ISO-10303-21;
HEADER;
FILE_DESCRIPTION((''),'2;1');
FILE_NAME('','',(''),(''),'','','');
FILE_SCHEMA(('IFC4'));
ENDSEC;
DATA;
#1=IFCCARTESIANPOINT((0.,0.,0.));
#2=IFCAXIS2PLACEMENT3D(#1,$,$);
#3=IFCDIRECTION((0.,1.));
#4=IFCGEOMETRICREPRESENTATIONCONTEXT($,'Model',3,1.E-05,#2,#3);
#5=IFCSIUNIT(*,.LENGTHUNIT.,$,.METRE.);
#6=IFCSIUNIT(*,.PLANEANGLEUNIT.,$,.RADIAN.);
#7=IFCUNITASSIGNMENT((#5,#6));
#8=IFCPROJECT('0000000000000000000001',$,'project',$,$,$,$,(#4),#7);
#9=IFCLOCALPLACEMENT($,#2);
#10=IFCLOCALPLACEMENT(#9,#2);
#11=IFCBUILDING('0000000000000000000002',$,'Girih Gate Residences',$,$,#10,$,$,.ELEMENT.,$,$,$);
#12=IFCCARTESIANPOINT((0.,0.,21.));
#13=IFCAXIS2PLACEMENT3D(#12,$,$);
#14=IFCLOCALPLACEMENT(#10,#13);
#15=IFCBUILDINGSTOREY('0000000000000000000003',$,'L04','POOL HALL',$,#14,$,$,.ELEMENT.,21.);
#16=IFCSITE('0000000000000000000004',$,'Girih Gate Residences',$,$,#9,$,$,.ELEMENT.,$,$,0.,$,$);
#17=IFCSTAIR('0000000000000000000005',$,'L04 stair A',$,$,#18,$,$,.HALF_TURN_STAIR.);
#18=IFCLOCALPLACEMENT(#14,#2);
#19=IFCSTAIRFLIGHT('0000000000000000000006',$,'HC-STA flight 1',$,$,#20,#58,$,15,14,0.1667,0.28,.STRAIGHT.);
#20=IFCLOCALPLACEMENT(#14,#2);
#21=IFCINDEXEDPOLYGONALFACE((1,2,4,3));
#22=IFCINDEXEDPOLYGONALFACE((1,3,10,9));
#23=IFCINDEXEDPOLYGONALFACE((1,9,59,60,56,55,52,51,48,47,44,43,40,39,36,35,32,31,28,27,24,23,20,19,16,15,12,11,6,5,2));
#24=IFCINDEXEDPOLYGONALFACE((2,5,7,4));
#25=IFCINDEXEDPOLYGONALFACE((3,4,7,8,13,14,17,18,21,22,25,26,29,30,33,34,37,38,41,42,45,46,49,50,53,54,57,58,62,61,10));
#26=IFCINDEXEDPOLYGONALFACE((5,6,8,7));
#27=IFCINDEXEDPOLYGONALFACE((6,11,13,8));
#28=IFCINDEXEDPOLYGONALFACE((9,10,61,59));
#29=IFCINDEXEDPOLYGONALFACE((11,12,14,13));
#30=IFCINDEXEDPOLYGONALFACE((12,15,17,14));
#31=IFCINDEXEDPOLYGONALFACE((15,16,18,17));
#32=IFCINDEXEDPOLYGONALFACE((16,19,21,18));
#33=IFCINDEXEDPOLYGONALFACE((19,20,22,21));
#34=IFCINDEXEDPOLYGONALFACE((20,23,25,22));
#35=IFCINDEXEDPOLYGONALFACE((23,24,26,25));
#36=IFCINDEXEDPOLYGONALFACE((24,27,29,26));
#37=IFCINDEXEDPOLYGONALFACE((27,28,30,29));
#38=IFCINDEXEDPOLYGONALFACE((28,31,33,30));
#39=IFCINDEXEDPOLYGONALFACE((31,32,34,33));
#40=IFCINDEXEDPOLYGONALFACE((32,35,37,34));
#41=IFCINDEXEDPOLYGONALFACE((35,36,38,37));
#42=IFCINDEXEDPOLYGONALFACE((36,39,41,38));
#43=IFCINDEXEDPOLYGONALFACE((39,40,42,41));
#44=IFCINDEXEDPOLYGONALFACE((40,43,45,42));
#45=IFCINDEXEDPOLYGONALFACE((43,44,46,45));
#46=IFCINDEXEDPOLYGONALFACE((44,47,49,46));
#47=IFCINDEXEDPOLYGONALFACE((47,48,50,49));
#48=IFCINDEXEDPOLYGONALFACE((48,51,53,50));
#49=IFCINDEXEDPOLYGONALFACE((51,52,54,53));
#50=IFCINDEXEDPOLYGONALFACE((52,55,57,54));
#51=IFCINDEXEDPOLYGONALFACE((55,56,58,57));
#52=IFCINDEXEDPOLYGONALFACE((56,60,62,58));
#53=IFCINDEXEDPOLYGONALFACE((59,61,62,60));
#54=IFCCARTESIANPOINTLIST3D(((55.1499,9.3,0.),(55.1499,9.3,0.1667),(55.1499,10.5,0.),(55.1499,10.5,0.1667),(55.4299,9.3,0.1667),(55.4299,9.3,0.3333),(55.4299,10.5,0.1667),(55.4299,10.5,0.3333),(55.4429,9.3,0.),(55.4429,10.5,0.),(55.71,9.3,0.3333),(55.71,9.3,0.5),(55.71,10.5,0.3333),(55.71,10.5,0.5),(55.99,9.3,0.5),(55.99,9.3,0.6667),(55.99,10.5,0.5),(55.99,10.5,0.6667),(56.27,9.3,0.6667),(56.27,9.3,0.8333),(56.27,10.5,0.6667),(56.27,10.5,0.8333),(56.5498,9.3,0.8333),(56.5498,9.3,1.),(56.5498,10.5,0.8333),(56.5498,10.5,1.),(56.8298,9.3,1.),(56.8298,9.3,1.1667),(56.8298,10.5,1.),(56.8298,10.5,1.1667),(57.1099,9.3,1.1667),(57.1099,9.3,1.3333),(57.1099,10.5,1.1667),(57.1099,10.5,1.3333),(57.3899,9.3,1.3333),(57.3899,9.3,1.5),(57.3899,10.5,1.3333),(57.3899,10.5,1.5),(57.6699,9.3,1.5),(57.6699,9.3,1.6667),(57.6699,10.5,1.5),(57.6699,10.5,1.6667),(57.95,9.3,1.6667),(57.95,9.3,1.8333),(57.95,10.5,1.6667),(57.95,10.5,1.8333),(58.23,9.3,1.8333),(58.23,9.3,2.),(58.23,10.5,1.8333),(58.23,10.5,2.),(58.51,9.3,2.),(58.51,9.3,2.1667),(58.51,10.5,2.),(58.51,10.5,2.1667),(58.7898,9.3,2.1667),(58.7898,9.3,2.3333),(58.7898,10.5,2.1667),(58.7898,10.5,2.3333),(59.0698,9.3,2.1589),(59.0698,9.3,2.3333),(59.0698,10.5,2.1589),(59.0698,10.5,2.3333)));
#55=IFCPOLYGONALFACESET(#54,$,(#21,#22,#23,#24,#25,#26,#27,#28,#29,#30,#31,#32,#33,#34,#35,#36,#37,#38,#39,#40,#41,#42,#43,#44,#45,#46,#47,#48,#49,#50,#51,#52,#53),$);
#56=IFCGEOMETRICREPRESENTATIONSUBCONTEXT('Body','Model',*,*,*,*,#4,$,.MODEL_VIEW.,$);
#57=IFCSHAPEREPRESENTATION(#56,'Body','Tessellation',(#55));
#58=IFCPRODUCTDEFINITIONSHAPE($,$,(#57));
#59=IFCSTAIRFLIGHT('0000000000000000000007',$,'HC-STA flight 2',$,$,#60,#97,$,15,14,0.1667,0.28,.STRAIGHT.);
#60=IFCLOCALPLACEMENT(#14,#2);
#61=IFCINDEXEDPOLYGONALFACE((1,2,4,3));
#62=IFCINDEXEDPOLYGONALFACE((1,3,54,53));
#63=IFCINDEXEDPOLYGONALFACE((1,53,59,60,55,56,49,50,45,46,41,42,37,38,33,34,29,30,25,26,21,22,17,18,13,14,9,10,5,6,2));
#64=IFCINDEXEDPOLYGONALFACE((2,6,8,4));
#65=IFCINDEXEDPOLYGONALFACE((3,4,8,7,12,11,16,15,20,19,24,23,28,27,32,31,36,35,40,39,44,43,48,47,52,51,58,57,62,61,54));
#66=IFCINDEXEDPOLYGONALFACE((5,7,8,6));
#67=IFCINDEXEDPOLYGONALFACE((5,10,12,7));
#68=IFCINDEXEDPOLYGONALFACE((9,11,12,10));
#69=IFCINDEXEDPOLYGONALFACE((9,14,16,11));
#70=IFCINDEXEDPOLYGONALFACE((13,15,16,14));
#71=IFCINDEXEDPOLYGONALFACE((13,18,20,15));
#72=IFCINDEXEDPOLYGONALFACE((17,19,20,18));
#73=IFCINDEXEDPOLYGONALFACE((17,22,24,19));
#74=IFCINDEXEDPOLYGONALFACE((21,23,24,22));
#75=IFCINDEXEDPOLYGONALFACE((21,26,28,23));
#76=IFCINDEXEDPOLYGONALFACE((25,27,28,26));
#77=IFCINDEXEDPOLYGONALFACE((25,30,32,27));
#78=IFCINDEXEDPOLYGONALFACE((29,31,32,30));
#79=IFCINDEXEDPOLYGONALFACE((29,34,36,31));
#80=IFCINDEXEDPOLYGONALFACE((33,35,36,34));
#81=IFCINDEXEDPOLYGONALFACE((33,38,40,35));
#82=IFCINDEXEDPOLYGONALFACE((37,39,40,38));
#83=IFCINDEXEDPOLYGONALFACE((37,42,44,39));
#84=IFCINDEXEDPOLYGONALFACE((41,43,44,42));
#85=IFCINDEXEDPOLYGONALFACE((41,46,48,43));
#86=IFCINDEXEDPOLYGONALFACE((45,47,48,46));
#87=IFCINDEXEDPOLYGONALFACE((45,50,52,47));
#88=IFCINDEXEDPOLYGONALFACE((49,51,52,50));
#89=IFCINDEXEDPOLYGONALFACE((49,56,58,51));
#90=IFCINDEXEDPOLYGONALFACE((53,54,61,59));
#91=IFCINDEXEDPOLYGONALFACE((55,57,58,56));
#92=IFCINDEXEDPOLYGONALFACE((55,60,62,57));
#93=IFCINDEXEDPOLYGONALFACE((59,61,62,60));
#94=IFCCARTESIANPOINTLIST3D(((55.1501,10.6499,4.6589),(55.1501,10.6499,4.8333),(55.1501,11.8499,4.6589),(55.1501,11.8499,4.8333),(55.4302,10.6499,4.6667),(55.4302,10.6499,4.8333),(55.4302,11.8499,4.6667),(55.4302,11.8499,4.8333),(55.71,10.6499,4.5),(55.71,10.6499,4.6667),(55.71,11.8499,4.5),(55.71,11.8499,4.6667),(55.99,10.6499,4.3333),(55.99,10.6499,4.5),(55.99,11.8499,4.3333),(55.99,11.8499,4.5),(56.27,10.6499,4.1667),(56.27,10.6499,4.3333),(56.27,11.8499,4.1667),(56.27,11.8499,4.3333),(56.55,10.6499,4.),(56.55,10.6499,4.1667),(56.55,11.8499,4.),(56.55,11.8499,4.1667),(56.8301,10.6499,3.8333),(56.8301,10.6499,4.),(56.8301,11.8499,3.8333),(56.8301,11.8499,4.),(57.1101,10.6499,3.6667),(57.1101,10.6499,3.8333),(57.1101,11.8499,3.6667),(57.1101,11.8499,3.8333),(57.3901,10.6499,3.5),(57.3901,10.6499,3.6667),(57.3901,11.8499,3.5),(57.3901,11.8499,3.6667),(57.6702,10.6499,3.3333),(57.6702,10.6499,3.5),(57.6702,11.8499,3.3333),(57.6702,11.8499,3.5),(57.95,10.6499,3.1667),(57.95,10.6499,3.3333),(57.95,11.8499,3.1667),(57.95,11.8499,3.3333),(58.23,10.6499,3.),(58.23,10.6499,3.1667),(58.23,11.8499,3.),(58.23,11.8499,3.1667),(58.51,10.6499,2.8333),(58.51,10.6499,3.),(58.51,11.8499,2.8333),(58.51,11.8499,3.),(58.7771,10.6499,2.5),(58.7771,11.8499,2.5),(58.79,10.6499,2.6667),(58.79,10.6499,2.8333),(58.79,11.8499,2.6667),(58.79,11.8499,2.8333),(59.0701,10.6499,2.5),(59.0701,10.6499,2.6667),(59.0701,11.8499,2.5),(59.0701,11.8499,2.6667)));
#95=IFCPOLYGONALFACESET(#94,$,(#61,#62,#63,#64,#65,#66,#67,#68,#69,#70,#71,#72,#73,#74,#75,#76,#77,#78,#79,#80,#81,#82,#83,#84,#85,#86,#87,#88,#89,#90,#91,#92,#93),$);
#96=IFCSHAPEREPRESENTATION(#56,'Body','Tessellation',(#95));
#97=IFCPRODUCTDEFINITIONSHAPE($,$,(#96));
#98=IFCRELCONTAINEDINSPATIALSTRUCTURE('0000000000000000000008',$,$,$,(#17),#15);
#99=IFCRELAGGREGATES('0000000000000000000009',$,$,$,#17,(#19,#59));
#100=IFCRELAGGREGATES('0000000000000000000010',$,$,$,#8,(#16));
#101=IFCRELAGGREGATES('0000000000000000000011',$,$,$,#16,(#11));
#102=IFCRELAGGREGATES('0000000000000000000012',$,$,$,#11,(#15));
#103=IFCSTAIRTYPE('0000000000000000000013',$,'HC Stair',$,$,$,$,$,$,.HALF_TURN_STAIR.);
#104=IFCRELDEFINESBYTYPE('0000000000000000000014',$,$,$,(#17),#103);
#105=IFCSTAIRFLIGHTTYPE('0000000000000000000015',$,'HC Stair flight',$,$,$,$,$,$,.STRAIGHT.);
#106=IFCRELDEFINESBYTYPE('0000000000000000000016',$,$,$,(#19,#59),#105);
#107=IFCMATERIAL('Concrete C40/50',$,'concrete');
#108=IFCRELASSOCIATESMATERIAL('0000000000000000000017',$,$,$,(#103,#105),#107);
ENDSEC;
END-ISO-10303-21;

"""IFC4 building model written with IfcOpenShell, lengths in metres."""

from ifc_helpers import new_model, si_unit, direction, frame, origin, place, context, subcontext, project, spatial, polyline, outline, extrude, material, type_object, element, aggregate, save


model = new_model("IFC4")

# Units and contexts
model_context = context("Model", 3, precision=1e-05, world=origin(), true_north=direction((0.0, 1.0)))
body_context = subcontext(model_context, "Body", "Model", "MODEL_VIEW")
ifc_project = project(units=[si_unit("LENGTHUNIT", "METRE"), si_unit("PLANEANGLEUNIT", "RADIAN")], contexts=[model_context])

# Site, building, storey
site_placement = place(None, origin())
site = spatial("IfcSite", under=ifc_project, at=site_placement, Name="Girih Gate Residences", CompositionType="ELEMENT", RefElevation=0.0)
building_placement = place(site_placement, origin())
building = spatial("IfcBuilding", under=site, at=building_placement, Name="Girih Gate Residences", CompositionType="ELEMENT")
storey_placement = place(building_placement, frame((0.0, 0.0, 21.0)))
storey = spatial("IfcBuildingStorey", under=building, at=storey_placement, Name="L04", Description="POOL HALL", CompositionType="ELEMENT", Elevation=21.0)

# Shared definitions
ifc_material_1 = material(Name="Concrete C40/50", Category="concrete")

# Stair, stair flights
stair_type = type_object("IfcStairType", Name="HC Stair", PredefinedType="HALF_TURN_STAIR", material=ifc_material_1)
stair_placement = place(storey_placement, origin())
stair = element("IfcStair", 1, at=stair_placement, inside=storey, type_object=stair_type, Name="L04 stair A", PredefinedType="HALF_TURN_STAIR")
stair_flight_type = type_object("IfcStairFlightType", Name="HC Stair flight", PredefinedType="STRAIGHT", material=ifc_material_1)
stair_flight_1_placement = place(storey_placement, frame((55.1499, 9.8999, 0.0), z_axis=(0.0, 0.0, 1.0), x_axis=(1.0, 0.0, 0.0)))
stair_flight_1 = element("IfcStairFlight", 2, at=stair_flight_1_placement, type_object=stair_flight_type, Name="HC-STA flight 1", NumberOfRisers=15, NumberOfTreads=14, PredefinedType="STRAIGHT", RiserHeight=0.1667, TreadLength=0.28, context=body_context, shape_type="SweptSolid", body=[
    extrude(outline(polyline([(0.0, 0.0), (0.0, 0.1667), (0.28, 0.1667), (0.28, 0.3333), (0.5601, 0.3333), (0.5601, 0.5), (0.8401, 0.5), (0.8401, 0.6667), (1.1201, 0.6667), (1.1201, 0.8333), (1.3999, 0.8333), (1.3999, 1.0), (1.6799, 1.0), (1.6799, 1.1667), (1.96, 1.1667), (1.96, 1.3333), (2.24, 1.3333), (2.24, 1.5), (2.52, 1.5), (2.52, 1.6667), (2.8, 1.6667), (2.8, 1.8333), (3.0801, 1.8333), (3.0801, 2.0), (3.3601, 2.0), (3.3601, 2.1667), (3.6399, 2.1667), (3.6399, 2.3333), (3.9199, 2.3333), (3.9199, 2.5), (3.9199, 2.1589), (0.293, 0.0), (0.0, 0.0)])), frame((0.0, 0.6001, 0.0), z_axis=(0.0, -1.0, 0.0), x_axis=(1.0, 0.0, 0.0)), (0.0, 0.0, 1.0), 1.2),
])
stair_flight_2_placement = place(storey_placement, frame((59.0701, 11.25, 2.5), z_axis=(0.0, 0.0, 1.0), x_axis=(-1.0, 0.0, 0.0)))
stair_flight_2 = element("IfcStairFlight", 3, at=stair_flight_2_placement, type_object=stair_flight_type, Name="HC-STA flight 2", NumberOfRisers=15, NumberOfTreads=14, PredefinedType="STRAIGHT", RiserHeight=0.1667, TreadLength=0.28, context=body_context, shape_type="SweptSolid", body=[
    extrude(outline(polyline([(0.0, 0.0), (0.0, 0.1667), (0.28, 0.1667), (0.28, 0.3333), (0.5601, 0.3333), (0.5601, 0.5), (0.8401, 0.5), (0.8401, 0.6667), (1.1201, 0.6667), (1.1201, 0.8333), (1.3999, 0.8333), (1.3999, 1.0), (1.6799, 1.0), (1.6799, 1.1667), (1.96, 1.1667), (1.96, 1.3333), (2.24, 1.3333), (2.24, 1.5), (2.52, 1.5), (2.52, 1.6667), (2.8, 1.6667), (2.8, 1.8333), (3.0801, 1.8333), (3.0801, 2.0), (3.3601, 2.0), (3.3601, 2.1667), (3.6399, 2.1667), (3.6399, 2.3333), (3.9199, 2.3333), (3.9199, 2.5), (3.9199, 2.1589), (0.293, 0.0), (0.0, 0.0)])), frame((0.0, 0.6001, 0.0), z_axis=(0.0, -1.0, 0.0), x_axis=(1.0, 0.0, 0.0)), (0.0, 0.0, 1.0), 1.2),
])
aggregate(stair, [stair_flight_1, stair_flight_2])

save(model, "model.ifc")
